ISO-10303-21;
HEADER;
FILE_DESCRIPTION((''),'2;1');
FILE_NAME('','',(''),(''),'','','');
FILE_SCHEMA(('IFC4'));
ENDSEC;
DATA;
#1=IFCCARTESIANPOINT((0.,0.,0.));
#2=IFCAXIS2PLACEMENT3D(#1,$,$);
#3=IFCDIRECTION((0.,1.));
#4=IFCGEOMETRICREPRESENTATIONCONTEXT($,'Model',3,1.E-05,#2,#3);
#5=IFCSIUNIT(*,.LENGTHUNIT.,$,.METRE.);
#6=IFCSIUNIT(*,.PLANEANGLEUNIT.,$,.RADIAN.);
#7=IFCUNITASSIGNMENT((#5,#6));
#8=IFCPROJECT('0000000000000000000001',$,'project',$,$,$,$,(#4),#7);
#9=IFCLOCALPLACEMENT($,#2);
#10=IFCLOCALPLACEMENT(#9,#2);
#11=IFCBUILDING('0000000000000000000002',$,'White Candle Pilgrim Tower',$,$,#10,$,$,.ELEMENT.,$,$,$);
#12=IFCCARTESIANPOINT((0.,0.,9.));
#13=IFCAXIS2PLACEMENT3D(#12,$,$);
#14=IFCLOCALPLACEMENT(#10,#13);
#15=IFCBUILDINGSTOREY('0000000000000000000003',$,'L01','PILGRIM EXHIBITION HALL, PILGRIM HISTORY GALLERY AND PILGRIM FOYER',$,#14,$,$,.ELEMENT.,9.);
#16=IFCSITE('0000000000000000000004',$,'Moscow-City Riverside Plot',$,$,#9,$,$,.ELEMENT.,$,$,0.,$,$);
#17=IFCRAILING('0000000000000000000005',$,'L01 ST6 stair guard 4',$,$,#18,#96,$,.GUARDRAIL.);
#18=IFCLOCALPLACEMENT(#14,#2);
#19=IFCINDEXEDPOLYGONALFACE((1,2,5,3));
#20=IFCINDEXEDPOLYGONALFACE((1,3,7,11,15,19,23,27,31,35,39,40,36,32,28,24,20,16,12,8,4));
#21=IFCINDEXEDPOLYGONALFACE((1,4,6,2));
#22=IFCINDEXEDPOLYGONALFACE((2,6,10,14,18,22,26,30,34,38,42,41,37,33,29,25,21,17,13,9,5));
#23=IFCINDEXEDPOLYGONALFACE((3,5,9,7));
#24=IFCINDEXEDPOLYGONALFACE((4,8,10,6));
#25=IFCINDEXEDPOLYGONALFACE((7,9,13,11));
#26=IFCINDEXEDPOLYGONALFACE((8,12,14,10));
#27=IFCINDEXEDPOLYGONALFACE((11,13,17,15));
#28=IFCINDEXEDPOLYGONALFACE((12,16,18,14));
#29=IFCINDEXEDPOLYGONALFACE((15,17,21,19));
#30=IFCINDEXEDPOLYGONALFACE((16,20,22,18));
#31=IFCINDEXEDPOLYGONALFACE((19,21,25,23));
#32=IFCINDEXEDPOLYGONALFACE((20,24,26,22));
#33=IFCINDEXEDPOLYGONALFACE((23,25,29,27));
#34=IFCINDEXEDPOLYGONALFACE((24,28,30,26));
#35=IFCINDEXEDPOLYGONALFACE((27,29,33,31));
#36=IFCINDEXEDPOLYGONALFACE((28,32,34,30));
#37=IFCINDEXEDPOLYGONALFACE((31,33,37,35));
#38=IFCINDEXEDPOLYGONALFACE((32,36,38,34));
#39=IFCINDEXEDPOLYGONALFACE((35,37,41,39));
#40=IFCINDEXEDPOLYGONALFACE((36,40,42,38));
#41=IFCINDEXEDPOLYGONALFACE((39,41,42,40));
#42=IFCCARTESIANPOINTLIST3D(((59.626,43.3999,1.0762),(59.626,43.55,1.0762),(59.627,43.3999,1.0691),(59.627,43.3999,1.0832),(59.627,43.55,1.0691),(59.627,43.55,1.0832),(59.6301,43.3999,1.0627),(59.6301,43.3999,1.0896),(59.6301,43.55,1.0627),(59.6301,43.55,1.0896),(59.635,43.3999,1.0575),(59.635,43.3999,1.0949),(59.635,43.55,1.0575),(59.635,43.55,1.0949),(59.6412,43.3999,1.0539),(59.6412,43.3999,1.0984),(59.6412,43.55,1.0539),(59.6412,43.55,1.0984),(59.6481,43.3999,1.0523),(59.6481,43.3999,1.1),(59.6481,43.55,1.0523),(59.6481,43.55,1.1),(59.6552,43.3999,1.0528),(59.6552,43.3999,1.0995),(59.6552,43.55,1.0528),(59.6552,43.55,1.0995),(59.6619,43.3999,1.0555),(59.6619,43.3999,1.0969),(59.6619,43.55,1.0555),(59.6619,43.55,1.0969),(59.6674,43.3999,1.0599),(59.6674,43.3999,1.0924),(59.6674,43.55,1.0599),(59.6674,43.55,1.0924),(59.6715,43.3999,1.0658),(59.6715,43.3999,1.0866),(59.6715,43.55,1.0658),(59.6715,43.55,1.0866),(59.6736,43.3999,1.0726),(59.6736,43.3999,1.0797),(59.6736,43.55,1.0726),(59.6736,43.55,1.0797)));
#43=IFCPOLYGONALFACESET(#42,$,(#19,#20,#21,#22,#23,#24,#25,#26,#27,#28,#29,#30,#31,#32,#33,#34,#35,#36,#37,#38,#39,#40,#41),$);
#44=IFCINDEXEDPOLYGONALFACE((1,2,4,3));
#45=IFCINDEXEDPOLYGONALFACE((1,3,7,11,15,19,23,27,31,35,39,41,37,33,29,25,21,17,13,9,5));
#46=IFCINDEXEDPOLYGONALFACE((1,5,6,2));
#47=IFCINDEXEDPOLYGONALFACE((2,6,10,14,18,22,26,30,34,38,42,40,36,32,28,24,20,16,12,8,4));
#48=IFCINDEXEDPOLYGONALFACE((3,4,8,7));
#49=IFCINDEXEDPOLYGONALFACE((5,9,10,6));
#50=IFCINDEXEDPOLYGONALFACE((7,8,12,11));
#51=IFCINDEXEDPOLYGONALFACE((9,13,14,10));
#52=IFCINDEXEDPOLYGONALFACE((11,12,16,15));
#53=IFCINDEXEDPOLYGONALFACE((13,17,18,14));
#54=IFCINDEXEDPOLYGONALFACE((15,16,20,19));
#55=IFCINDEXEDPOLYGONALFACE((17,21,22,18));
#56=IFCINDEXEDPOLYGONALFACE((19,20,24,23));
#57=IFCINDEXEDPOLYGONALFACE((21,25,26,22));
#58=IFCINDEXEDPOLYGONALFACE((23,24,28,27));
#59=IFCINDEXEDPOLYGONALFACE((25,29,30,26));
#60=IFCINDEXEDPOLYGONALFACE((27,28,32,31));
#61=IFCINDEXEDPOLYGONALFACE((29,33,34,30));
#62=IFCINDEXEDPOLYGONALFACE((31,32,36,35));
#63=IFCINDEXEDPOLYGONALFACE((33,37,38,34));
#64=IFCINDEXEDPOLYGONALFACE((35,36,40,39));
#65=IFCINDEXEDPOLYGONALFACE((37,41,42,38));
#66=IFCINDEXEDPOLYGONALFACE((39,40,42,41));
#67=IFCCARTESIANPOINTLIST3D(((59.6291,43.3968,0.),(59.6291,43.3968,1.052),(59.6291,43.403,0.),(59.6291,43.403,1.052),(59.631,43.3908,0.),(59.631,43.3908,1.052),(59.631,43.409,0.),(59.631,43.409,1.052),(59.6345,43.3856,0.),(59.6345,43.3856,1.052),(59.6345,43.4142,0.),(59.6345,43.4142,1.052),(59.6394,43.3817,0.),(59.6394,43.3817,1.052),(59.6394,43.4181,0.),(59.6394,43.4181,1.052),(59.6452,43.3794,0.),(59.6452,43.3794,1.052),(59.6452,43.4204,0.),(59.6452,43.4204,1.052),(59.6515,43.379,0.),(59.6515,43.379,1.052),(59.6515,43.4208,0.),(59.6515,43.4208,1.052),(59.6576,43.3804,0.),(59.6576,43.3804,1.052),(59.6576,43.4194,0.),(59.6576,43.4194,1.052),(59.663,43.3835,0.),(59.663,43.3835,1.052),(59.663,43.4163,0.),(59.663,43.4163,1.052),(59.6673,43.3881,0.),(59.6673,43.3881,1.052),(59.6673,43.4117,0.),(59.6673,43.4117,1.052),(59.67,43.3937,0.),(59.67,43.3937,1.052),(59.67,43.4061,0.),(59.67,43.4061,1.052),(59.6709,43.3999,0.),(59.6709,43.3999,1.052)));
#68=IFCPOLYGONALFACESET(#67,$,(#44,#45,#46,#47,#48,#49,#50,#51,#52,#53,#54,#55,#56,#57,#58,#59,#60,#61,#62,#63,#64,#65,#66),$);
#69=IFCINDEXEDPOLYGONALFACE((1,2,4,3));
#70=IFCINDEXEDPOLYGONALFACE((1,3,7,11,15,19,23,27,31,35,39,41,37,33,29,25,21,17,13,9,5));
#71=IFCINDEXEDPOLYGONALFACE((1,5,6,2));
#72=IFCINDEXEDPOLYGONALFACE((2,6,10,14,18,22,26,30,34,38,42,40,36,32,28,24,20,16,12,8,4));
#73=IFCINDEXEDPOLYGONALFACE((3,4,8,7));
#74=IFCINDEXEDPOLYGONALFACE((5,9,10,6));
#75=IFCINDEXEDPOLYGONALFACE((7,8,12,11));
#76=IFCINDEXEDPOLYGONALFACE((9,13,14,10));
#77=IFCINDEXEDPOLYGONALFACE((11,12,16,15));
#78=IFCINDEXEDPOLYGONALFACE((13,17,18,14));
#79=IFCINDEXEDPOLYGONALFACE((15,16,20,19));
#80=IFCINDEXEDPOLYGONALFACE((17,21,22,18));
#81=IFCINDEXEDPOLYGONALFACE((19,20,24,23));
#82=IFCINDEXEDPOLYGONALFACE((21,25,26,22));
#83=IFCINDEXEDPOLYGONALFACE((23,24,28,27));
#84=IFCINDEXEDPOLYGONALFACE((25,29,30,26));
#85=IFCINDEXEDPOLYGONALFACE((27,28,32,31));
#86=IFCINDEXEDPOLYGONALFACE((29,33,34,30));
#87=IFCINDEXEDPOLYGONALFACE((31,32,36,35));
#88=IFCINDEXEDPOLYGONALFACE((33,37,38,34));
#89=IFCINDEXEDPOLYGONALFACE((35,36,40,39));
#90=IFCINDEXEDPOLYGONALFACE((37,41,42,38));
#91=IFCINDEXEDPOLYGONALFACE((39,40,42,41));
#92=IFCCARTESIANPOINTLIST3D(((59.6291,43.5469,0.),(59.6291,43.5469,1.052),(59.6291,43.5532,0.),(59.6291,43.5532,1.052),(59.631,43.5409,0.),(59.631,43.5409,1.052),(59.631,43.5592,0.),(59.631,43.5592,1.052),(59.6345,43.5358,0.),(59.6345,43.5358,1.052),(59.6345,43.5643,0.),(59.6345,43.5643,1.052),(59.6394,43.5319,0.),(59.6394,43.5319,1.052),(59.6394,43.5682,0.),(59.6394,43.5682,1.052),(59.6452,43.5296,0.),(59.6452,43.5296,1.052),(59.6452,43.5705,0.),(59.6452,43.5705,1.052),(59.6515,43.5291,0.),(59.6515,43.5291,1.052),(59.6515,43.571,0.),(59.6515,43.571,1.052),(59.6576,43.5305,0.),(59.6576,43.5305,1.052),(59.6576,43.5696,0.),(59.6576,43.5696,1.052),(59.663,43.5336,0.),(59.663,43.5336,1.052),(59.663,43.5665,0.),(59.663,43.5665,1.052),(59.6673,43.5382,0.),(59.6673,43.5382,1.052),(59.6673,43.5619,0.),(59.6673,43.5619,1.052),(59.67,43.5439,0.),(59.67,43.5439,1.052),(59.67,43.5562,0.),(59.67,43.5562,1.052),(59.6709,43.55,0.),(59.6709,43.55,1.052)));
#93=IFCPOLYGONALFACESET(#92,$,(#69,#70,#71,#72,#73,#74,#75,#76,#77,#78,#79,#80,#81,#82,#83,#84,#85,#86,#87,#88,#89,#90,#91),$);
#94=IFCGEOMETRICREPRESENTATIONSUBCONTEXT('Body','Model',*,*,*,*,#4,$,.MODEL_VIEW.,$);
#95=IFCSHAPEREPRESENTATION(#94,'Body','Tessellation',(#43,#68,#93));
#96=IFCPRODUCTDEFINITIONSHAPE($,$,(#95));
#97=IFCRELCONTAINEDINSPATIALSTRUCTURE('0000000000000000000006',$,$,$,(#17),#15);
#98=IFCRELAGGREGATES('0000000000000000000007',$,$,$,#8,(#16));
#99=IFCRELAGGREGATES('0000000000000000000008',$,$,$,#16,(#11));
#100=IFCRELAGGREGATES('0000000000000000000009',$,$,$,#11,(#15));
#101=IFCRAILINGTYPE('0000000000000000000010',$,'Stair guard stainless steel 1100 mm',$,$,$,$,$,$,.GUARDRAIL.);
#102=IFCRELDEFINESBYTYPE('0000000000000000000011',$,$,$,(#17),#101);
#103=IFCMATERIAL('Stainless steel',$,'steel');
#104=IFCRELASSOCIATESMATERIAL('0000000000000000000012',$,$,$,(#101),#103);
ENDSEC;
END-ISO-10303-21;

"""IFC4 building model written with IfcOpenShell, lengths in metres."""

from ifc_helpers import new_model, si_unit, direction, frame, origin, origin_2d, place, context, subcontext, project, spatial, circle, extrude, material, type_object, element, save


model = new_model("IFC4")

# Units and contexts
model_context = context("Model", 3, precision=1e-05, world=origin(), true_north=direction((0.0, 1.0)))
body_context = subcontext(model_context, "Body", "Model", "MODEL_VIEW")
ifc_project = project(units=[si_unit("LENGTHUNIT", "METRE"), si_unit("PLANEANGLEUNIT", "RADIAN")], contexts=[model_context])

# Site, building, storey
site_placement = place(None, origin())
site = spatial("IfcSite", under=ifc_project, at=site_placement, Name="Moscow-City Riverside Plot", CompositionType="ELEMENT", RefElevation=0.0)
building_placement = place(site_placement, origin())
building = spatial("IfcBuilding", under=site, at=building_placement, Name="White Candle Pilgrim Tower", CompositionType="ELEMENT")
storey_placement = place(building_placement, frame((0.0, 0.0, 9.0)))
storey = spatial("IfcBuildingStorey", under=building, at=storey_placement, Name="L01", Description="PILGRIM EXHIBITION HALL, PILGRIM HISTORY GALLERY AND PILGRIM FOYER", CompositionType="ELEMENT", Elevation=9.0)

# Railing
ifc_material_1 = material(Name="Stainless steel", Category="steel")
railing_type_1 = type_object("IfcRailingType", Name="Stair guard stainless steel 1100 mm", PredefinedType="GUARDRAIL", material=ifc_material_1)
railing_1_placement = place(storey_placement, frame((59.6499, 43.3999, 0.0)))
element("IfcRailing", 1, at=railing_1_placement, inside=storey, type_object=railing_type_1, Name="L01 ST6 stair guard 4", PredefinedType="GUARDRAIL", context=body_context, shape_type="SweptSolid", body=[
    extrude(circle(Radius=0.0239, at=origin_2d()), frame((0.0, 0.0, 1.0762), z_axis=(0.0, 1.0, 0.0), x_axis=(-1.0, 0.0, 0.0)), (0.0, 0.0, 1.0), 0.1501),
    extrude(circle(Radius=0.021, at=origin_2d()), origin(), (0.0, 0.0, 1.0), 1.052),
    extrude(circle(Radius=0.021, at=origin_2d()), frame((0.0, 0.1501, 0.0)), (0.0, 0.0, 1.0), 1.052),
])

save(model, "model.ifc")
